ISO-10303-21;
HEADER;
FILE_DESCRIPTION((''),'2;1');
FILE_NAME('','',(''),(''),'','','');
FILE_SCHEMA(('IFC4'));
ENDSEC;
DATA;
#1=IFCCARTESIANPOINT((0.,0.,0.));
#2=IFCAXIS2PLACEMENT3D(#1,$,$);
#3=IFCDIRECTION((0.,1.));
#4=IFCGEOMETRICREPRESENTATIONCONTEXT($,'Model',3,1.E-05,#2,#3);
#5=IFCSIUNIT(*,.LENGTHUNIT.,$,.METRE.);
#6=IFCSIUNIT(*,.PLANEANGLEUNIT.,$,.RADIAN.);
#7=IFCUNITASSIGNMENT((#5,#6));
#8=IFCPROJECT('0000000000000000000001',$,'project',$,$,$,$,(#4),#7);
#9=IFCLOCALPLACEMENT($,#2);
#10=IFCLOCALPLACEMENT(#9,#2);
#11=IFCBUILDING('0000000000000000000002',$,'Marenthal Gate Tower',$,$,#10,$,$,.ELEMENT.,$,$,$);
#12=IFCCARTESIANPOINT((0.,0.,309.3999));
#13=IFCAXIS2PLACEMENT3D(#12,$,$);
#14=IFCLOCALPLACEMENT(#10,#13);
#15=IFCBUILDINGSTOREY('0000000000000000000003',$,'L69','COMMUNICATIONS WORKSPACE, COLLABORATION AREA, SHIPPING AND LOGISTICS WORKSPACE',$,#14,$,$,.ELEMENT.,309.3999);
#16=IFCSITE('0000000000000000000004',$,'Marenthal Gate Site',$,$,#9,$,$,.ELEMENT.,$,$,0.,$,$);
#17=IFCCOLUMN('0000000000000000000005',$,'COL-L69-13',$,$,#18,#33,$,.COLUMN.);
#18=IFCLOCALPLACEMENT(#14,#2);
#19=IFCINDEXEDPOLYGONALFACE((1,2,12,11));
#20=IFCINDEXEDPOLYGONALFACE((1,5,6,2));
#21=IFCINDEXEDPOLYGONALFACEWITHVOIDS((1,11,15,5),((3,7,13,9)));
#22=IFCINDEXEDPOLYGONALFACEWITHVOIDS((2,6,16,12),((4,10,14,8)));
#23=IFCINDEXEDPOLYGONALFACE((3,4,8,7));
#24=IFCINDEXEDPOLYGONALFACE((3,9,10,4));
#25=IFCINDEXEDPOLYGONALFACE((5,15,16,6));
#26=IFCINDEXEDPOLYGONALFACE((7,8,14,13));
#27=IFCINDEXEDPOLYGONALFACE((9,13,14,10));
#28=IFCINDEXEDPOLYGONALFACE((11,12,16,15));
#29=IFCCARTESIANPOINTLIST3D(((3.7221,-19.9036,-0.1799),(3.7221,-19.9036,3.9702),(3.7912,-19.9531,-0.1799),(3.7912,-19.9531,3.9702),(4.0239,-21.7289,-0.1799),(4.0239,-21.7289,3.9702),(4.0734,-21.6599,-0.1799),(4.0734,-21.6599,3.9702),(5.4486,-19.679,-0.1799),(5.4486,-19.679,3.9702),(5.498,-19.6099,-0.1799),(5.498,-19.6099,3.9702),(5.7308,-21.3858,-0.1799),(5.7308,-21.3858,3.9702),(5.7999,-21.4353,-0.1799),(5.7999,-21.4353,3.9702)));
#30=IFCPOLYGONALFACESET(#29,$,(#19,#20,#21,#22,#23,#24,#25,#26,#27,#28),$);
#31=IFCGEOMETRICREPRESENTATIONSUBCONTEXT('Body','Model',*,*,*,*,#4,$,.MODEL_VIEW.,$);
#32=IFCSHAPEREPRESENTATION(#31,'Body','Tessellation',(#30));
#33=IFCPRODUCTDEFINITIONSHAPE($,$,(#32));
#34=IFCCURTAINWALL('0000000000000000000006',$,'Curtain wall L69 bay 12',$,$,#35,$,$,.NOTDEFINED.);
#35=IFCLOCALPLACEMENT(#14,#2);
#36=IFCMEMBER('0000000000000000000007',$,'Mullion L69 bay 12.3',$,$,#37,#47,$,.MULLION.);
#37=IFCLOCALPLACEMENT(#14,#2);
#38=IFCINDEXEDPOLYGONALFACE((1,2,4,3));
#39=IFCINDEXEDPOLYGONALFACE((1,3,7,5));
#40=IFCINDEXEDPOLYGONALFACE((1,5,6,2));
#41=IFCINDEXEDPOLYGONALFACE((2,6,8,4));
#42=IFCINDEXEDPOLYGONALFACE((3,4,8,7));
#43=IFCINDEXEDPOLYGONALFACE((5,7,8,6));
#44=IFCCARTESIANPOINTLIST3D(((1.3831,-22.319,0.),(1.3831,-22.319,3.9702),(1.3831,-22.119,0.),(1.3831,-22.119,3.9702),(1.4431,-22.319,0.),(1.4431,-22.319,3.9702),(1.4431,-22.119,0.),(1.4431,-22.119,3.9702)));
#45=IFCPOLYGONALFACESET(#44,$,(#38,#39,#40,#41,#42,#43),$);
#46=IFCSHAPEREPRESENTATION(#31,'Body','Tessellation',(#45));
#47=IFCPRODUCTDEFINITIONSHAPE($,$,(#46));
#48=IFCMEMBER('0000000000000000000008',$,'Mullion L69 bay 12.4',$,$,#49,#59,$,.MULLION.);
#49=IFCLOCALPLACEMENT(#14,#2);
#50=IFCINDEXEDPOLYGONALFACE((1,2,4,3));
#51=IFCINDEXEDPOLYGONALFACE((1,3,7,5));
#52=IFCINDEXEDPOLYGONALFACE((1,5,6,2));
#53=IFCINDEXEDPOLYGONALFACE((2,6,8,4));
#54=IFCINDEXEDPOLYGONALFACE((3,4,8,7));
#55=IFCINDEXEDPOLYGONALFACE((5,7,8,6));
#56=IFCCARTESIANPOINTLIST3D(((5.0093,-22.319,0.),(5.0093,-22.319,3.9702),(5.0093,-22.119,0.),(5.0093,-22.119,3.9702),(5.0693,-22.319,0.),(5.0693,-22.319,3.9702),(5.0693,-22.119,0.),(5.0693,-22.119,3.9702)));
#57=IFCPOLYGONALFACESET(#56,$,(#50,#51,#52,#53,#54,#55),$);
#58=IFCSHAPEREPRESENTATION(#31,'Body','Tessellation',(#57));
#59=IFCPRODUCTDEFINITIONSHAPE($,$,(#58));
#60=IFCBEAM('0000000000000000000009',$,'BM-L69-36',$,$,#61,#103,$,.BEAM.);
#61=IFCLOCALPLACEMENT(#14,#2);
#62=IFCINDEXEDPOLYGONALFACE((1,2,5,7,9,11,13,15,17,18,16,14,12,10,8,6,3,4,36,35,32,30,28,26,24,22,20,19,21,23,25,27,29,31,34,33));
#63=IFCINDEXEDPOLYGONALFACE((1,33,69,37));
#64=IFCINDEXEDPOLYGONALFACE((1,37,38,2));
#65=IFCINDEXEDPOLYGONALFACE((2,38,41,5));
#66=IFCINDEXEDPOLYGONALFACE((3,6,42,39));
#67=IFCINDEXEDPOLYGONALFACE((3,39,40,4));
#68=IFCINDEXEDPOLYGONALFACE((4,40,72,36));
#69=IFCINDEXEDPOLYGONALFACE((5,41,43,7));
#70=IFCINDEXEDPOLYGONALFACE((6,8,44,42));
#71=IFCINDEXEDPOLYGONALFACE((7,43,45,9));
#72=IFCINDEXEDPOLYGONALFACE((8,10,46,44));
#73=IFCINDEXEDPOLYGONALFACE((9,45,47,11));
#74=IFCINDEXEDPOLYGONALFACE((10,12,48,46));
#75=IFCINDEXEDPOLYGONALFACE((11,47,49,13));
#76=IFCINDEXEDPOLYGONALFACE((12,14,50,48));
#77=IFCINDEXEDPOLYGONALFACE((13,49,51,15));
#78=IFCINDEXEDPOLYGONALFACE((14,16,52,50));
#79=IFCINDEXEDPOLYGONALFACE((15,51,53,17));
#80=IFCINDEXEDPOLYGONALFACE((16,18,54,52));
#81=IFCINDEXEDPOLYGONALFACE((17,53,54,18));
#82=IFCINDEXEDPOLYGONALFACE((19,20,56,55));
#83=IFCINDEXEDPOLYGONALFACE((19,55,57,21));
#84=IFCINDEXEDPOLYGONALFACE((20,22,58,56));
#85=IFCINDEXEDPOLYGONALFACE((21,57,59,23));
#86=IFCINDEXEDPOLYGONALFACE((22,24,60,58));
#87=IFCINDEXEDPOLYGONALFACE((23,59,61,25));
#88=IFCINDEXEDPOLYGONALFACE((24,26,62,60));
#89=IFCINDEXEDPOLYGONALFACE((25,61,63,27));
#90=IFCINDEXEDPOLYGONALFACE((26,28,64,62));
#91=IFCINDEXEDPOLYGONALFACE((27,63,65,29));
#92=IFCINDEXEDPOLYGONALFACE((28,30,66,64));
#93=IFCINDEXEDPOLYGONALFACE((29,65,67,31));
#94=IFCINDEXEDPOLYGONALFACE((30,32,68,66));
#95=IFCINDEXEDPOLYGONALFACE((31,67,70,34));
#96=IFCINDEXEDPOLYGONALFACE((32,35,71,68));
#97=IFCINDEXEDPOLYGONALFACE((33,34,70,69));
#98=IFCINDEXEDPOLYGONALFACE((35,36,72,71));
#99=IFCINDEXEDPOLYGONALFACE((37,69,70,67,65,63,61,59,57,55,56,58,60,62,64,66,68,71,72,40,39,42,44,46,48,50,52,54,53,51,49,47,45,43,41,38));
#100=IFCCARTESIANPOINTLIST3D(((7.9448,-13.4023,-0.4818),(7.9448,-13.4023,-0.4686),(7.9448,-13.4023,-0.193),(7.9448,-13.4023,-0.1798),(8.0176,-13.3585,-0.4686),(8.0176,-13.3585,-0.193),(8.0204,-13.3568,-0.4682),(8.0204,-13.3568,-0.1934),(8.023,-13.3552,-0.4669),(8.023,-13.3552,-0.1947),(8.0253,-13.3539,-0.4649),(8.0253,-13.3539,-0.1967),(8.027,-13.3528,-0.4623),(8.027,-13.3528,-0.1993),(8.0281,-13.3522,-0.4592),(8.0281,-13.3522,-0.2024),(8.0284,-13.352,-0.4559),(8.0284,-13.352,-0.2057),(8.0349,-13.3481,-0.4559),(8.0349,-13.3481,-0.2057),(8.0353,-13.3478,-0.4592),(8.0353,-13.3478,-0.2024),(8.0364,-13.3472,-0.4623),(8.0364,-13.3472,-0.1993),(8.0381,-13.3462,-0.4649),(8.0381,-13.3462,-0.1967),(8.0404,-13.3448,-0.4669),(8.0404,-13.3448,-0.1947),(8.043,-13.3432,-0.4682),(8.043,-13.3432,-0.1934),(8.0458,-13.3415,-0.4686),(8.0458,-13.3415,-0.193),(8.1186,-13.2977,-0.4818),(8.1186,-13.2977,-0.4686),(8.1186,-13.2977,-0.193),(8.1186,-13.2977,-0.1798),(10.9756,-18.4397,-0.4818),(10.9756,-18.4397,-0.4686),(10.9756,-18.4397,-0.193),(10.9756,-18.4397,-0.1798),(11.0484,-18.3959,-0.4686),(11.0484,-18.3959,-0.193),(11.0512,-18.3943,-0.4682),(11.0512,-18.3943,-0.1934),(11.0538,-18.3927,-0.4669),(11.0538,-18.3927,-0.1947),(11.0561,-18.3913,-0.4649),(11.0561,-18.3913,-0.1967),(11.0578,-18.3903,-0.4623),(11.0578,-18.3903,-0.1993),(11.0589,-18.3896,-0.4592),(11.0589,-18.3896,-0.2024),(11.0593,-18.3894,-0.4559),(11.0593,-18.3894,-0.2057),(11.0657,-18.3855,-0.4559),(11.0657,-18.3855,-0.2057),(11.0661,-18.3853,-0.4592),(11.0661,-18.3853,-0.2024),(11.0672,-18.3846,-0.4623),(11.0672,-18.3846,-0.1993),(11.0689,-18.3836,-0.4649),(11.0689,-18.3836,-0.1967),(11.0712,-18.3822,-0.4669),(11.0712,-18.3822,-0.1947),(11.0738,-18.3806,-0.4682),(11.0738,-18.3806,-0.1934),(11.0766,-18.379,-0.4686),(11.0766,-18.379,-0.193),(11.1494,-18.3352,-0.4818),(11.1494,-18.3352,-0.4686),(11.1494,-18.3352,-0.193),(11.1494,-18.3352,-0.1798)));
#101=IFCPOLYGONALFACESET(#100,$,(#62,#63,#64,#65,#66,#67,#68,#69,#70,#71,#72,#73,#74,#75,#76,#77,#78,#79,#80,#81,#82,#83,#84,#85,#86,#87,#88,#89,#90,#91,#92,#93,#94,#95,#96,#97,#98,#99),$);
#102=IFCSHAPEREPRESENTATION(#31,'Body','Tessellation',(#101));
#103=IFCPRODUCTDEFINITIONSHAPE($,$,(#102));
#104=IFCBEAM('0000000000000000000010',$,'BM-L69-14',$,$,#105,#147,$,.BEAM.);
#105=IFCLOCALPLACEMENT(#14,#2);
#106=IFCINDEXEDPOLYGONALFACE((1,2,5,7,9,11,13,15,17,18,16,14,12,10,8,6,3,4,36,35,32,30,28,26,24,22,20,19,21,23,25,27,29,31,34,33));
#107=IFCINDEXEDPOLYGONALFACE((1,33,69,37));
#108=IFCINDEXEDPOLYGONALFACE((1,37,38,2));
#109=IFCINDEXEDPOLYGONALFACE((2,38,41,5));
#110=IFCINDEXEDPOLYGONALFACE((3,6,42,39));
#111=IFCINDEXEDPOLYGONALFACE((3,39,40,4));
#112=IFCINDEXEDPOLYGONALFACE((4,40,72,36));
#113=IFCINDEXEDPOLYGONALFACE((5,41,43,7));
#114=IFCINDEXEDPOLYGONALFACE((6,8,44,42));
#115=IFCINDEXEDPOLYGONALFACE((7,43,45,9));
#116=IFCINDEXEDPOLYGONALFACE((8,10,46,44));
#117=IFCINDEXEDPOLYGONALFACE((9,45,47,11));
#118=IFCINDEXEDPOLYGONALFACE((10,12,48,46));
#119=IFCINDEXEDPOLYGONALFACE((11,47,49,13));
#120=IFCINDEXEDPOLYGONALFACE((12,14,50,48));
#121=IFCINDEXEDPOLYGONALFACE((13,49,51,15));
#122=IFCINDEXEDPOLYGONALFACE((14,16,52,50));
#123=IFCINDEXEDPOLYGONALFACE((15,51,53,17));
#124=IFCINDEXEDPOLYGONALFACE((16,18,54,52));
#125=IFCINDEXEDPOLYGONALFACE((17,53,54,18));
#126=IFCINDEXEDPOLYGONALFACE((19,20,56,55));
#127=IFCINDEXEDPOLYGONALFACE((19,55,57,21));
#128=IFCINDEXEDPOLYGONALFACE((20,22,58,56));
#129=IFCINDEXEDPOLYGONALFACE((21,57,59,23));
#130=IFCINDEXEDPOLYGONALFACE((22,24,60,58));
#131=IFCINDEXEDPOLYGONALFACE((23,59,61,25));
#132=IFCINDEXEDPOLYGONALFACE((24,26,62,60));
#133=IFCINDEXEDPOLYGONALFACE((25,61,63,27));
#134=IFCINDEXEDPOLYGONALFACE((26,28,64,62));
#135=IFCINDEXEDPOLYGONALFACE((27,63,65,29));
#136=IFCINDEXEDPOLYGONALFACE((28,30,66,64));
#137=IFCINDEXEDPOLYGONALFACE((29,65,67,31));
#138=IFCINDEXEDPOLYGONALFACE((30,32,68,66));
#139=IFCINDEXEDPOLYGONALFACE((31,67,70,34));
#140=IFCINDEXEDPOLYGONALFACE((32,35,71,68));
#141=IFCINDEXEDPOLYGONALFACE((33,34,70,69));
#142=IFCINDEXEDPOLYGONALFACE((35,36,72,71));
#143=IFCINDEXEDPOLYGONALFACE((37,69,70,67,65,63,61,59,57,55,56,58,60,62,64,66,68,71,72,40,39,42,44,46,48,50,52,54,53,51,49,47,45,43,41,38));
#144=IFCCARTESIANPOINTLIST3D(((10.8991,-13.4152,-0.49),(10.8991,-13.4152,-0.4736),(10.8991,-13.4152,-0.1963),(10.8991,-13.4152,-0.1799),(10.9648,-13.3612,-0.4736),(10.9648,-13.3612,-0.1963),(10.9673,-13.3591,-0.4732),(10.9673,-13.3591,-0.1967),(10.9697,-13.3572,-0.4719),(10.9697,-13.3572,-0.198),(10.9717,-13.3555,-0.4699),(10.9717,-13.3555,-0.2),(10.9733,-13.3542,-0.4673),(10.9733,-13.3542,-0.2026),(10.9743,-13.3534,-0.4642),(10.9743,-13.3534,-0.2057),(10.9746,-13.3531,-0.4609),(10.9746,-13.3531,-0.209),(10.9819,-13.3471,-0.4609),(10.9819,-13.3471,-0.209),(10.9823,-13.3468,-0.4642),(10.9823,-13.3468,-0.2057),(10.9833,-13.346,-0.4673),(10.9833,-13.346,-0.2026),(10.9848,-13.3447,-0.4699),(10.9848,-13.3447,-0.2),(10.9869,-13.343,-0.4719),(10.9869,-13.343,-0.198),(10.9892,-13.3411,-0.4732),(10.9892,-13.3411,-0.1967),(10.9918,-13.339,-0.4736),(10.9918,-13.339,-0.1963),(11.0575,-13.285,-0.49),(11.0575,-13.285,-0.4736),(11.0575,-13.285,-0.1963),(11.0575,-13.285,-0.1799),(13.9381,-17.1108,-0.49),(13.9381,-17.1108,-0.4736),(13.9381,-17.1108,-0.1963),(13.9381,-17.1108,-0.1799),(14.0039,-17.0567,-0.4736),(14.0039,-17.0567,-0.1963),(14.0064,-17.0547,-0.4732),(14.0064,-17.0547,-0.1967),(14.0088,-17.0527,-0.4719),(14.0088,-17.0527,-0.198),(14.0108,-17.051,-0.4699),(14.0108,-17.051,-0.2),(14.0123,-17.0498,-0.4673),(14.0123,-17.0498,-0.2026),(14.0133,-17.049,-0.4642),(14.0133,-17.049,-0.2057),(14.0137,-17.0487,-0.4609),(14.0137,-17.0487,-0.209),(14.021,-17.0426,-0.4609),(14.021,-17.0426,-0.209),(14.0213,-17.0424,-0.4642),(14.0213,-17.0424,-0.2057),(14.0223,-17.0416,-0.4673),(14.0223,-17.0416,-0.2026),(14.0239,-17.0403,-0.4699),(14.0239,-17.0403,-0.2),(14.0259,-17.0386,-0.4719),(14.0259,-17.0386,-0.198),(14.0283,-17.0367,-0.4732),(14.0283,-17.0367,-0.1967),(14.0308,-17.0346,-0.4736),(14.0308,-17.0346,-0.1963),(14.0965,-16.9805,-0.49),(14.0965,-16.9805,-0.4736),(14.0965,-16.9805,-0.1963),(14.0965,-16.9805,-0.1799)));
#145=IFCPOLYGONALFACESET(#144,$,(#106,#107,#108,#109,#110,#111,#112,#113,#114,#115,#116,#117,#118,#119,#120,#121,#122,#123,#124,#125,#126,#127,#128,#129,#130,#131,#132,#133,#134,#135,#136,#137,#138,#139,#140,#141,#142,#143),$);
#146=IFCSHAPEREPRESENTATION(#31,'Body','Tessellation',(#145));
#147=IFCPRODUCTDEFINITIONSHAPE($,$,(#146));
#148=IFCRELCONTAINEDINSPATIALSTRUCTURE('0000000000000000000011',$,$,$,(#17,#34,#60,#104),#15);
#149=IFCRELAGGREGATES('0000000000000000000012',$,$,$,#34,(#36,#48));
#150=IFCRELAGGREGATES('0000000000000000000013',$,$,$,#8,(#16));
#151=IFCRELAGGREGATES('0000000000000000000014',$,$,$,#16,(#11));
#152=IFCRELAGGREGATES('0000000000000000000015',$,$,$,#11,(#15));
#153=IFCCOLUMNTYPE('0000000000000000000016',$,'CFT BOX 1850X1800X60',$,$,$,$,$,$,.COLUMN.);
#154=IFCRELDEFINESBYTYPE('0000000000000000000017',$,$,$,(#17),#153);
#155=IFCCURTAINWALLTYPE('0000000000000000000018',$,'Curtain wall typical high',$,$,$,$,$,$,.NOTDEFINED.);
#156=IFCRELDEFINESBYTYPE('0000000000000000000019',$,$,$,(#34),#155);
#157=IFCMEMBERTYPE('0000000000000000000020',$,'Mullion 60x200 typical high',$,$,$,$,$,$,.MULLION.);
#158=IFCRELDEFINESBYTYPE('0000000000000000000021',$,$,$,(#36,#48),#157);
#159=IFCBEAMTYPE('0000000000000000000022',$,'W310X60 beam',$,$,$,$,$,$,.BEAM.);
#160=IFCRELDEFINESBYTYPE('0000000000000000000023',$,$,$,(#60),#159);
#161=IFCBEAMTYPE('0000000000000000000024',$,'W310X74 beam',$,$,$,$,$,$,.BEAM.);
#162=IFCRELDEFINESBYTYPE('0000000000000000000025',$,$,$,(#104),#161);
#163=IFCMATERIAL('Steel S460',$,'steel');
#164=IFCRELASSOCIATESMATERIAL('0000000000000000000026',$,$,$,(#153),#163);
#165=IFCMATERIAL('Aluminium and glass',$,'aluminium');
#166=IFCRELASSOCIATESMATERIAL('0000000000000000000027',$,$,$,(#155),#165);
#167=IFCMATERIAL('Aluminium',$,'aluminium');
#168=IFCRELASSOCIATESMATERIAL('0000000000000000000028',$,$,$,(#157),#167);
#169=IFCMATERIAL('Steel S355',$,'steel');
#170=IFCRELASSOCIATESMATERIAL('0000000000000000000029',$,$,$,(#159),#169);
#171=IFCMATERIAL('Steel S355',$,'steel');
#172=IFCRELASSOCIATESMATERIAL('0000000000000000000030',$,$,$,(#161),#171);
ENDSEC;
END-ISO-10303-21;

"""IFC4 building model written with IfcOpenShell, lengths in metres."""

from ifc_helpers import new_model, si_unit, direction, frame, origin, origin_2d, place, context, subcontext, project, spatial, rectangle, hollow_rectangle, i_section, extrude, material, material_profile, profile_set, type_object, element, aggregate, save


model = new_model("IFC4")

# Units and contexts
model_context = context("Model", 3, precision=1e-05, world=origin(), true_north=direction((0.0, 1.0)))
body_context = subcontext(model_context, "Body", "Model", "MODEL_VIEW")
ifc_project = project(units=[si_unit("LENGTHUNIT", "METRE"), si_unit("PLANEANGLEUNIT", "RADIAN")], contexts=[model_context])

# Site, building, storey
site_placement = place(None, origin())
site = spatial("IfcSite", under=ifc_project, at=site_placement, Name="Marenthal Gate Site", CompositionType="ELEMENT", RefElevation=0.0)
building_placement = place(site_placement, origin())
building = spatial("IfcBuilding", under=site, at=building_placement, Name="Marenthal Gate Tower", CompositionType="ELEMENT")
storey_placement = place(building_placement, frame((0.0, 0.0, 309.3999)))
storey = spatial("IfcBuildingStorey", under=building, at=storey_placement, Name="L69", Description="COMMUNICATIONS WORKSPACE, COLLABORATION AREA, SHIPPING AND LOGISTICS WORKSPACE", CompositionType="ELEMENT", Elevation=309.3999)

# Column
ifc_material_1 = material(Name="Steel S460", Category="steel")
ifc_material_profile_1 = material_profile(ifc_material_1, hollow_rectangle(XDim=1.8, YDim=1.8501, WallThickness=0.0601, at=origin_2d()), Name="CFT BOX 1850X1800X60")
ifc_material_2 = material(Name="Concrete 70 MPa", Category="concrete")
ifc_material_profile_2 = material_profile(ifc_material_2, rectangle(XDim=1.6799, YDim=1.73, at=origin_2d()), Name="CFT BOX 1850X1800X60 INFILL")
ifc_profile_set_1 = profile_set([ifc_material_profile_1, ifc_material_profile_2], Name="Steel S460 shell, Concrete 70 MPa infill")
column_type = type_object("IfcColumnType", Name="CFT BOX 1850X1800X60", PredefinedType="COLUMN", material=ifc_profile_set_1)
column_placement = place(storey_placement, frame((4.761, -20.6694, -0.1799), z_axis=(0.0, 0.0, 1.0), x_axis=(-0.986602, -0.163147, 0.0)))
element("IfcColumn", 1, at=column_placement, inside=storey, type_object=column_type, Name="COL-L69-13", PredefinedType="COLUMN", context=body_context, shape_type="SweptSolid", body=[
    extrude(hollow_rectangle(XDim=1.8, YDim=1.8501, WallThickness=0.0601, at=origin_2d()), origin(), (0.0, 0.0, 1.0), 4.1501),
])

# Curtain wall, members
ifc_material_3 = material(Name="Aluminium and glass", Category="aluminium")
curtain_wall_type = type_object("IfcCurtainWallType", Name="Curtain wall typical high", PredefinedType="NOTDEFINED", material=ifc_material_3)
curtain_wall_placement = place(storey_placement, origin())
curtain_wall = element("IfcCurtainWall", 2, at=curtain_wall_placement, inside=storey, type_object=curtain_wall_type, Name="Curtain wall L69 bay 12", PredefinedType="NOTDEFINED")
ifc_material_4 = material(Name="Aluminium", Category="aluminium")
ifc_material_profile_3 = material_profile(ifc_material_4, rectangle(XDim=0.2, YDim=0.0601, at=origin_2d()), Name="60x200 aluminium mullion")
ifc_profile_set_2 = profile_set([ifc_material_profile_3], Name="Aluminium")
member_type = type_object("IfcMemberType", Name="Mullion 60x200 typical high", PredefinedType="MULLION", material=ifc_profile_set_2)
member_1_placement = place(storey_placement, frame((1.4131, -22.219, 0.0), z_axis=(0.0, 0.0, 1.0), x_axis=(0.0, 1.0, 0.0)))
member_1 = element("IfcMember", 3, at=member_1_placement, type_object=member_type, Name="Mullion L69 bay 12.3", PredefinedType="MULLION", context=body_context, shape_type="SweptSolid", body=[
    extrude(rectangle(XDim=0.2, YDim=0.0601, at=origin_2d()), origin(), (0.0, 0.0, 1.0), 3.9702),
])
member_2_placement = place(storey_placement, frame((5.0393, -22.219, 0.0), z_axis=(0.0, 0.0, 1.0), x_axis=(0.0, 1.0, 0.0)))
member_2 = element("IfcMember", 4, at=member_2_placement, type_object=member_type, Name="Mullion L69 bay 12.4", PredefinedType="MULLION", context=body_context, shape_type="SweptSolid", body=[
    extrude(rectangle(XDim=0.2, YDim=0.0601, at=origin_2d()), origin(), (0.0, 0.0, 1.0), 3.9702),
])

# Beams
ifc_material_5 = material(Name="Steel S355", Category="steel")
ifc_material_profile_4 = material_profile(ifc_material_5, i_section(OverallWidth=0.2029, OverallDepth=0.302, WebThickness=0.0076, FlangeThickness=0.0132, FilletRadius=0.0127, at=origin_2d()), Name="W310X60")
ifc_profile_set_3 = profile_set([ifc_material_profile_4], Name="Steel S355")
beam_type_1 = type_object("IfcBeamType", Name="W310X60 beam", PredefinedType="BEAM", material=ifc_profile_set_3)
beam_1_placement = place(storey_placement, frame((11.0625, -18.3875, -0.3308), z_axis=(-0.51554, 0.856866, 0.0), x_axis=(-0.856866, -0.51554, 0.0)))
element("IfcBeam", 5, at=beam_1_placement, inside=storey, type_object=beam_type_1, Name="BM-L69-36", PredefinedType="BEAM", context=body_context, shape_type="SweptSolid", body=[
    extrude(i_section(OverallWidth=0.2029, OverallDepth=0.302, WebThickness=0.0076, FlangeThickness=0.0132, FilletRadius=0.0127, at=origin_2d()), origin(), (0.0, 0.0, 1.0), 5.8789),
])
ifc_material_6 = material(Name="Steel S355", Category="steel")
ifc_material_profile_5 = material_profile(ifc_material_6, i_section(OverallWidth=0.2051, OverallDepth=0.3101, WebThickness=0.0095, FlangeThickness=0.0164, FilletRadius=0.0127, at=origin_2d()), Name="W310X74")
ifc_profile_set_4 = profile_set([ifc_material_profile_5], Name="Steel S355")
beam_type_2 = type_object("IfcBeamType", Name="W310X74 beam", PredefinedType="BEAM", material=ifc_profile_set_4)
beam_2_placement = place(storey_placement, frame((14.0173, -17.0457, -0.335), z_axis=(-0.635167, 0.772375, 0.0), x_axis=(-0.772375, -0.635167, 0.0)))
element("IfcBeam", 6, at=beam_2_placement, inside=storey, type_object=beam_type_2, Name="BM-L69-14", PredefinedType="BEAM", context=body_context, shape_type="SweptSolid", body=[
    extrude(i_section(OverallWidth=0.2051, OverallDepth=0.3101, WebThickness=0.0095, FlangeThickness=0.0164, FilletRadius=0.0127, at=origin_2d()), origin(), (0.0, 0.0, 1.0), 4.7847),
])

aggregate(curtain_wall, [member_1, member_2])

save(model, "model.ifc")
